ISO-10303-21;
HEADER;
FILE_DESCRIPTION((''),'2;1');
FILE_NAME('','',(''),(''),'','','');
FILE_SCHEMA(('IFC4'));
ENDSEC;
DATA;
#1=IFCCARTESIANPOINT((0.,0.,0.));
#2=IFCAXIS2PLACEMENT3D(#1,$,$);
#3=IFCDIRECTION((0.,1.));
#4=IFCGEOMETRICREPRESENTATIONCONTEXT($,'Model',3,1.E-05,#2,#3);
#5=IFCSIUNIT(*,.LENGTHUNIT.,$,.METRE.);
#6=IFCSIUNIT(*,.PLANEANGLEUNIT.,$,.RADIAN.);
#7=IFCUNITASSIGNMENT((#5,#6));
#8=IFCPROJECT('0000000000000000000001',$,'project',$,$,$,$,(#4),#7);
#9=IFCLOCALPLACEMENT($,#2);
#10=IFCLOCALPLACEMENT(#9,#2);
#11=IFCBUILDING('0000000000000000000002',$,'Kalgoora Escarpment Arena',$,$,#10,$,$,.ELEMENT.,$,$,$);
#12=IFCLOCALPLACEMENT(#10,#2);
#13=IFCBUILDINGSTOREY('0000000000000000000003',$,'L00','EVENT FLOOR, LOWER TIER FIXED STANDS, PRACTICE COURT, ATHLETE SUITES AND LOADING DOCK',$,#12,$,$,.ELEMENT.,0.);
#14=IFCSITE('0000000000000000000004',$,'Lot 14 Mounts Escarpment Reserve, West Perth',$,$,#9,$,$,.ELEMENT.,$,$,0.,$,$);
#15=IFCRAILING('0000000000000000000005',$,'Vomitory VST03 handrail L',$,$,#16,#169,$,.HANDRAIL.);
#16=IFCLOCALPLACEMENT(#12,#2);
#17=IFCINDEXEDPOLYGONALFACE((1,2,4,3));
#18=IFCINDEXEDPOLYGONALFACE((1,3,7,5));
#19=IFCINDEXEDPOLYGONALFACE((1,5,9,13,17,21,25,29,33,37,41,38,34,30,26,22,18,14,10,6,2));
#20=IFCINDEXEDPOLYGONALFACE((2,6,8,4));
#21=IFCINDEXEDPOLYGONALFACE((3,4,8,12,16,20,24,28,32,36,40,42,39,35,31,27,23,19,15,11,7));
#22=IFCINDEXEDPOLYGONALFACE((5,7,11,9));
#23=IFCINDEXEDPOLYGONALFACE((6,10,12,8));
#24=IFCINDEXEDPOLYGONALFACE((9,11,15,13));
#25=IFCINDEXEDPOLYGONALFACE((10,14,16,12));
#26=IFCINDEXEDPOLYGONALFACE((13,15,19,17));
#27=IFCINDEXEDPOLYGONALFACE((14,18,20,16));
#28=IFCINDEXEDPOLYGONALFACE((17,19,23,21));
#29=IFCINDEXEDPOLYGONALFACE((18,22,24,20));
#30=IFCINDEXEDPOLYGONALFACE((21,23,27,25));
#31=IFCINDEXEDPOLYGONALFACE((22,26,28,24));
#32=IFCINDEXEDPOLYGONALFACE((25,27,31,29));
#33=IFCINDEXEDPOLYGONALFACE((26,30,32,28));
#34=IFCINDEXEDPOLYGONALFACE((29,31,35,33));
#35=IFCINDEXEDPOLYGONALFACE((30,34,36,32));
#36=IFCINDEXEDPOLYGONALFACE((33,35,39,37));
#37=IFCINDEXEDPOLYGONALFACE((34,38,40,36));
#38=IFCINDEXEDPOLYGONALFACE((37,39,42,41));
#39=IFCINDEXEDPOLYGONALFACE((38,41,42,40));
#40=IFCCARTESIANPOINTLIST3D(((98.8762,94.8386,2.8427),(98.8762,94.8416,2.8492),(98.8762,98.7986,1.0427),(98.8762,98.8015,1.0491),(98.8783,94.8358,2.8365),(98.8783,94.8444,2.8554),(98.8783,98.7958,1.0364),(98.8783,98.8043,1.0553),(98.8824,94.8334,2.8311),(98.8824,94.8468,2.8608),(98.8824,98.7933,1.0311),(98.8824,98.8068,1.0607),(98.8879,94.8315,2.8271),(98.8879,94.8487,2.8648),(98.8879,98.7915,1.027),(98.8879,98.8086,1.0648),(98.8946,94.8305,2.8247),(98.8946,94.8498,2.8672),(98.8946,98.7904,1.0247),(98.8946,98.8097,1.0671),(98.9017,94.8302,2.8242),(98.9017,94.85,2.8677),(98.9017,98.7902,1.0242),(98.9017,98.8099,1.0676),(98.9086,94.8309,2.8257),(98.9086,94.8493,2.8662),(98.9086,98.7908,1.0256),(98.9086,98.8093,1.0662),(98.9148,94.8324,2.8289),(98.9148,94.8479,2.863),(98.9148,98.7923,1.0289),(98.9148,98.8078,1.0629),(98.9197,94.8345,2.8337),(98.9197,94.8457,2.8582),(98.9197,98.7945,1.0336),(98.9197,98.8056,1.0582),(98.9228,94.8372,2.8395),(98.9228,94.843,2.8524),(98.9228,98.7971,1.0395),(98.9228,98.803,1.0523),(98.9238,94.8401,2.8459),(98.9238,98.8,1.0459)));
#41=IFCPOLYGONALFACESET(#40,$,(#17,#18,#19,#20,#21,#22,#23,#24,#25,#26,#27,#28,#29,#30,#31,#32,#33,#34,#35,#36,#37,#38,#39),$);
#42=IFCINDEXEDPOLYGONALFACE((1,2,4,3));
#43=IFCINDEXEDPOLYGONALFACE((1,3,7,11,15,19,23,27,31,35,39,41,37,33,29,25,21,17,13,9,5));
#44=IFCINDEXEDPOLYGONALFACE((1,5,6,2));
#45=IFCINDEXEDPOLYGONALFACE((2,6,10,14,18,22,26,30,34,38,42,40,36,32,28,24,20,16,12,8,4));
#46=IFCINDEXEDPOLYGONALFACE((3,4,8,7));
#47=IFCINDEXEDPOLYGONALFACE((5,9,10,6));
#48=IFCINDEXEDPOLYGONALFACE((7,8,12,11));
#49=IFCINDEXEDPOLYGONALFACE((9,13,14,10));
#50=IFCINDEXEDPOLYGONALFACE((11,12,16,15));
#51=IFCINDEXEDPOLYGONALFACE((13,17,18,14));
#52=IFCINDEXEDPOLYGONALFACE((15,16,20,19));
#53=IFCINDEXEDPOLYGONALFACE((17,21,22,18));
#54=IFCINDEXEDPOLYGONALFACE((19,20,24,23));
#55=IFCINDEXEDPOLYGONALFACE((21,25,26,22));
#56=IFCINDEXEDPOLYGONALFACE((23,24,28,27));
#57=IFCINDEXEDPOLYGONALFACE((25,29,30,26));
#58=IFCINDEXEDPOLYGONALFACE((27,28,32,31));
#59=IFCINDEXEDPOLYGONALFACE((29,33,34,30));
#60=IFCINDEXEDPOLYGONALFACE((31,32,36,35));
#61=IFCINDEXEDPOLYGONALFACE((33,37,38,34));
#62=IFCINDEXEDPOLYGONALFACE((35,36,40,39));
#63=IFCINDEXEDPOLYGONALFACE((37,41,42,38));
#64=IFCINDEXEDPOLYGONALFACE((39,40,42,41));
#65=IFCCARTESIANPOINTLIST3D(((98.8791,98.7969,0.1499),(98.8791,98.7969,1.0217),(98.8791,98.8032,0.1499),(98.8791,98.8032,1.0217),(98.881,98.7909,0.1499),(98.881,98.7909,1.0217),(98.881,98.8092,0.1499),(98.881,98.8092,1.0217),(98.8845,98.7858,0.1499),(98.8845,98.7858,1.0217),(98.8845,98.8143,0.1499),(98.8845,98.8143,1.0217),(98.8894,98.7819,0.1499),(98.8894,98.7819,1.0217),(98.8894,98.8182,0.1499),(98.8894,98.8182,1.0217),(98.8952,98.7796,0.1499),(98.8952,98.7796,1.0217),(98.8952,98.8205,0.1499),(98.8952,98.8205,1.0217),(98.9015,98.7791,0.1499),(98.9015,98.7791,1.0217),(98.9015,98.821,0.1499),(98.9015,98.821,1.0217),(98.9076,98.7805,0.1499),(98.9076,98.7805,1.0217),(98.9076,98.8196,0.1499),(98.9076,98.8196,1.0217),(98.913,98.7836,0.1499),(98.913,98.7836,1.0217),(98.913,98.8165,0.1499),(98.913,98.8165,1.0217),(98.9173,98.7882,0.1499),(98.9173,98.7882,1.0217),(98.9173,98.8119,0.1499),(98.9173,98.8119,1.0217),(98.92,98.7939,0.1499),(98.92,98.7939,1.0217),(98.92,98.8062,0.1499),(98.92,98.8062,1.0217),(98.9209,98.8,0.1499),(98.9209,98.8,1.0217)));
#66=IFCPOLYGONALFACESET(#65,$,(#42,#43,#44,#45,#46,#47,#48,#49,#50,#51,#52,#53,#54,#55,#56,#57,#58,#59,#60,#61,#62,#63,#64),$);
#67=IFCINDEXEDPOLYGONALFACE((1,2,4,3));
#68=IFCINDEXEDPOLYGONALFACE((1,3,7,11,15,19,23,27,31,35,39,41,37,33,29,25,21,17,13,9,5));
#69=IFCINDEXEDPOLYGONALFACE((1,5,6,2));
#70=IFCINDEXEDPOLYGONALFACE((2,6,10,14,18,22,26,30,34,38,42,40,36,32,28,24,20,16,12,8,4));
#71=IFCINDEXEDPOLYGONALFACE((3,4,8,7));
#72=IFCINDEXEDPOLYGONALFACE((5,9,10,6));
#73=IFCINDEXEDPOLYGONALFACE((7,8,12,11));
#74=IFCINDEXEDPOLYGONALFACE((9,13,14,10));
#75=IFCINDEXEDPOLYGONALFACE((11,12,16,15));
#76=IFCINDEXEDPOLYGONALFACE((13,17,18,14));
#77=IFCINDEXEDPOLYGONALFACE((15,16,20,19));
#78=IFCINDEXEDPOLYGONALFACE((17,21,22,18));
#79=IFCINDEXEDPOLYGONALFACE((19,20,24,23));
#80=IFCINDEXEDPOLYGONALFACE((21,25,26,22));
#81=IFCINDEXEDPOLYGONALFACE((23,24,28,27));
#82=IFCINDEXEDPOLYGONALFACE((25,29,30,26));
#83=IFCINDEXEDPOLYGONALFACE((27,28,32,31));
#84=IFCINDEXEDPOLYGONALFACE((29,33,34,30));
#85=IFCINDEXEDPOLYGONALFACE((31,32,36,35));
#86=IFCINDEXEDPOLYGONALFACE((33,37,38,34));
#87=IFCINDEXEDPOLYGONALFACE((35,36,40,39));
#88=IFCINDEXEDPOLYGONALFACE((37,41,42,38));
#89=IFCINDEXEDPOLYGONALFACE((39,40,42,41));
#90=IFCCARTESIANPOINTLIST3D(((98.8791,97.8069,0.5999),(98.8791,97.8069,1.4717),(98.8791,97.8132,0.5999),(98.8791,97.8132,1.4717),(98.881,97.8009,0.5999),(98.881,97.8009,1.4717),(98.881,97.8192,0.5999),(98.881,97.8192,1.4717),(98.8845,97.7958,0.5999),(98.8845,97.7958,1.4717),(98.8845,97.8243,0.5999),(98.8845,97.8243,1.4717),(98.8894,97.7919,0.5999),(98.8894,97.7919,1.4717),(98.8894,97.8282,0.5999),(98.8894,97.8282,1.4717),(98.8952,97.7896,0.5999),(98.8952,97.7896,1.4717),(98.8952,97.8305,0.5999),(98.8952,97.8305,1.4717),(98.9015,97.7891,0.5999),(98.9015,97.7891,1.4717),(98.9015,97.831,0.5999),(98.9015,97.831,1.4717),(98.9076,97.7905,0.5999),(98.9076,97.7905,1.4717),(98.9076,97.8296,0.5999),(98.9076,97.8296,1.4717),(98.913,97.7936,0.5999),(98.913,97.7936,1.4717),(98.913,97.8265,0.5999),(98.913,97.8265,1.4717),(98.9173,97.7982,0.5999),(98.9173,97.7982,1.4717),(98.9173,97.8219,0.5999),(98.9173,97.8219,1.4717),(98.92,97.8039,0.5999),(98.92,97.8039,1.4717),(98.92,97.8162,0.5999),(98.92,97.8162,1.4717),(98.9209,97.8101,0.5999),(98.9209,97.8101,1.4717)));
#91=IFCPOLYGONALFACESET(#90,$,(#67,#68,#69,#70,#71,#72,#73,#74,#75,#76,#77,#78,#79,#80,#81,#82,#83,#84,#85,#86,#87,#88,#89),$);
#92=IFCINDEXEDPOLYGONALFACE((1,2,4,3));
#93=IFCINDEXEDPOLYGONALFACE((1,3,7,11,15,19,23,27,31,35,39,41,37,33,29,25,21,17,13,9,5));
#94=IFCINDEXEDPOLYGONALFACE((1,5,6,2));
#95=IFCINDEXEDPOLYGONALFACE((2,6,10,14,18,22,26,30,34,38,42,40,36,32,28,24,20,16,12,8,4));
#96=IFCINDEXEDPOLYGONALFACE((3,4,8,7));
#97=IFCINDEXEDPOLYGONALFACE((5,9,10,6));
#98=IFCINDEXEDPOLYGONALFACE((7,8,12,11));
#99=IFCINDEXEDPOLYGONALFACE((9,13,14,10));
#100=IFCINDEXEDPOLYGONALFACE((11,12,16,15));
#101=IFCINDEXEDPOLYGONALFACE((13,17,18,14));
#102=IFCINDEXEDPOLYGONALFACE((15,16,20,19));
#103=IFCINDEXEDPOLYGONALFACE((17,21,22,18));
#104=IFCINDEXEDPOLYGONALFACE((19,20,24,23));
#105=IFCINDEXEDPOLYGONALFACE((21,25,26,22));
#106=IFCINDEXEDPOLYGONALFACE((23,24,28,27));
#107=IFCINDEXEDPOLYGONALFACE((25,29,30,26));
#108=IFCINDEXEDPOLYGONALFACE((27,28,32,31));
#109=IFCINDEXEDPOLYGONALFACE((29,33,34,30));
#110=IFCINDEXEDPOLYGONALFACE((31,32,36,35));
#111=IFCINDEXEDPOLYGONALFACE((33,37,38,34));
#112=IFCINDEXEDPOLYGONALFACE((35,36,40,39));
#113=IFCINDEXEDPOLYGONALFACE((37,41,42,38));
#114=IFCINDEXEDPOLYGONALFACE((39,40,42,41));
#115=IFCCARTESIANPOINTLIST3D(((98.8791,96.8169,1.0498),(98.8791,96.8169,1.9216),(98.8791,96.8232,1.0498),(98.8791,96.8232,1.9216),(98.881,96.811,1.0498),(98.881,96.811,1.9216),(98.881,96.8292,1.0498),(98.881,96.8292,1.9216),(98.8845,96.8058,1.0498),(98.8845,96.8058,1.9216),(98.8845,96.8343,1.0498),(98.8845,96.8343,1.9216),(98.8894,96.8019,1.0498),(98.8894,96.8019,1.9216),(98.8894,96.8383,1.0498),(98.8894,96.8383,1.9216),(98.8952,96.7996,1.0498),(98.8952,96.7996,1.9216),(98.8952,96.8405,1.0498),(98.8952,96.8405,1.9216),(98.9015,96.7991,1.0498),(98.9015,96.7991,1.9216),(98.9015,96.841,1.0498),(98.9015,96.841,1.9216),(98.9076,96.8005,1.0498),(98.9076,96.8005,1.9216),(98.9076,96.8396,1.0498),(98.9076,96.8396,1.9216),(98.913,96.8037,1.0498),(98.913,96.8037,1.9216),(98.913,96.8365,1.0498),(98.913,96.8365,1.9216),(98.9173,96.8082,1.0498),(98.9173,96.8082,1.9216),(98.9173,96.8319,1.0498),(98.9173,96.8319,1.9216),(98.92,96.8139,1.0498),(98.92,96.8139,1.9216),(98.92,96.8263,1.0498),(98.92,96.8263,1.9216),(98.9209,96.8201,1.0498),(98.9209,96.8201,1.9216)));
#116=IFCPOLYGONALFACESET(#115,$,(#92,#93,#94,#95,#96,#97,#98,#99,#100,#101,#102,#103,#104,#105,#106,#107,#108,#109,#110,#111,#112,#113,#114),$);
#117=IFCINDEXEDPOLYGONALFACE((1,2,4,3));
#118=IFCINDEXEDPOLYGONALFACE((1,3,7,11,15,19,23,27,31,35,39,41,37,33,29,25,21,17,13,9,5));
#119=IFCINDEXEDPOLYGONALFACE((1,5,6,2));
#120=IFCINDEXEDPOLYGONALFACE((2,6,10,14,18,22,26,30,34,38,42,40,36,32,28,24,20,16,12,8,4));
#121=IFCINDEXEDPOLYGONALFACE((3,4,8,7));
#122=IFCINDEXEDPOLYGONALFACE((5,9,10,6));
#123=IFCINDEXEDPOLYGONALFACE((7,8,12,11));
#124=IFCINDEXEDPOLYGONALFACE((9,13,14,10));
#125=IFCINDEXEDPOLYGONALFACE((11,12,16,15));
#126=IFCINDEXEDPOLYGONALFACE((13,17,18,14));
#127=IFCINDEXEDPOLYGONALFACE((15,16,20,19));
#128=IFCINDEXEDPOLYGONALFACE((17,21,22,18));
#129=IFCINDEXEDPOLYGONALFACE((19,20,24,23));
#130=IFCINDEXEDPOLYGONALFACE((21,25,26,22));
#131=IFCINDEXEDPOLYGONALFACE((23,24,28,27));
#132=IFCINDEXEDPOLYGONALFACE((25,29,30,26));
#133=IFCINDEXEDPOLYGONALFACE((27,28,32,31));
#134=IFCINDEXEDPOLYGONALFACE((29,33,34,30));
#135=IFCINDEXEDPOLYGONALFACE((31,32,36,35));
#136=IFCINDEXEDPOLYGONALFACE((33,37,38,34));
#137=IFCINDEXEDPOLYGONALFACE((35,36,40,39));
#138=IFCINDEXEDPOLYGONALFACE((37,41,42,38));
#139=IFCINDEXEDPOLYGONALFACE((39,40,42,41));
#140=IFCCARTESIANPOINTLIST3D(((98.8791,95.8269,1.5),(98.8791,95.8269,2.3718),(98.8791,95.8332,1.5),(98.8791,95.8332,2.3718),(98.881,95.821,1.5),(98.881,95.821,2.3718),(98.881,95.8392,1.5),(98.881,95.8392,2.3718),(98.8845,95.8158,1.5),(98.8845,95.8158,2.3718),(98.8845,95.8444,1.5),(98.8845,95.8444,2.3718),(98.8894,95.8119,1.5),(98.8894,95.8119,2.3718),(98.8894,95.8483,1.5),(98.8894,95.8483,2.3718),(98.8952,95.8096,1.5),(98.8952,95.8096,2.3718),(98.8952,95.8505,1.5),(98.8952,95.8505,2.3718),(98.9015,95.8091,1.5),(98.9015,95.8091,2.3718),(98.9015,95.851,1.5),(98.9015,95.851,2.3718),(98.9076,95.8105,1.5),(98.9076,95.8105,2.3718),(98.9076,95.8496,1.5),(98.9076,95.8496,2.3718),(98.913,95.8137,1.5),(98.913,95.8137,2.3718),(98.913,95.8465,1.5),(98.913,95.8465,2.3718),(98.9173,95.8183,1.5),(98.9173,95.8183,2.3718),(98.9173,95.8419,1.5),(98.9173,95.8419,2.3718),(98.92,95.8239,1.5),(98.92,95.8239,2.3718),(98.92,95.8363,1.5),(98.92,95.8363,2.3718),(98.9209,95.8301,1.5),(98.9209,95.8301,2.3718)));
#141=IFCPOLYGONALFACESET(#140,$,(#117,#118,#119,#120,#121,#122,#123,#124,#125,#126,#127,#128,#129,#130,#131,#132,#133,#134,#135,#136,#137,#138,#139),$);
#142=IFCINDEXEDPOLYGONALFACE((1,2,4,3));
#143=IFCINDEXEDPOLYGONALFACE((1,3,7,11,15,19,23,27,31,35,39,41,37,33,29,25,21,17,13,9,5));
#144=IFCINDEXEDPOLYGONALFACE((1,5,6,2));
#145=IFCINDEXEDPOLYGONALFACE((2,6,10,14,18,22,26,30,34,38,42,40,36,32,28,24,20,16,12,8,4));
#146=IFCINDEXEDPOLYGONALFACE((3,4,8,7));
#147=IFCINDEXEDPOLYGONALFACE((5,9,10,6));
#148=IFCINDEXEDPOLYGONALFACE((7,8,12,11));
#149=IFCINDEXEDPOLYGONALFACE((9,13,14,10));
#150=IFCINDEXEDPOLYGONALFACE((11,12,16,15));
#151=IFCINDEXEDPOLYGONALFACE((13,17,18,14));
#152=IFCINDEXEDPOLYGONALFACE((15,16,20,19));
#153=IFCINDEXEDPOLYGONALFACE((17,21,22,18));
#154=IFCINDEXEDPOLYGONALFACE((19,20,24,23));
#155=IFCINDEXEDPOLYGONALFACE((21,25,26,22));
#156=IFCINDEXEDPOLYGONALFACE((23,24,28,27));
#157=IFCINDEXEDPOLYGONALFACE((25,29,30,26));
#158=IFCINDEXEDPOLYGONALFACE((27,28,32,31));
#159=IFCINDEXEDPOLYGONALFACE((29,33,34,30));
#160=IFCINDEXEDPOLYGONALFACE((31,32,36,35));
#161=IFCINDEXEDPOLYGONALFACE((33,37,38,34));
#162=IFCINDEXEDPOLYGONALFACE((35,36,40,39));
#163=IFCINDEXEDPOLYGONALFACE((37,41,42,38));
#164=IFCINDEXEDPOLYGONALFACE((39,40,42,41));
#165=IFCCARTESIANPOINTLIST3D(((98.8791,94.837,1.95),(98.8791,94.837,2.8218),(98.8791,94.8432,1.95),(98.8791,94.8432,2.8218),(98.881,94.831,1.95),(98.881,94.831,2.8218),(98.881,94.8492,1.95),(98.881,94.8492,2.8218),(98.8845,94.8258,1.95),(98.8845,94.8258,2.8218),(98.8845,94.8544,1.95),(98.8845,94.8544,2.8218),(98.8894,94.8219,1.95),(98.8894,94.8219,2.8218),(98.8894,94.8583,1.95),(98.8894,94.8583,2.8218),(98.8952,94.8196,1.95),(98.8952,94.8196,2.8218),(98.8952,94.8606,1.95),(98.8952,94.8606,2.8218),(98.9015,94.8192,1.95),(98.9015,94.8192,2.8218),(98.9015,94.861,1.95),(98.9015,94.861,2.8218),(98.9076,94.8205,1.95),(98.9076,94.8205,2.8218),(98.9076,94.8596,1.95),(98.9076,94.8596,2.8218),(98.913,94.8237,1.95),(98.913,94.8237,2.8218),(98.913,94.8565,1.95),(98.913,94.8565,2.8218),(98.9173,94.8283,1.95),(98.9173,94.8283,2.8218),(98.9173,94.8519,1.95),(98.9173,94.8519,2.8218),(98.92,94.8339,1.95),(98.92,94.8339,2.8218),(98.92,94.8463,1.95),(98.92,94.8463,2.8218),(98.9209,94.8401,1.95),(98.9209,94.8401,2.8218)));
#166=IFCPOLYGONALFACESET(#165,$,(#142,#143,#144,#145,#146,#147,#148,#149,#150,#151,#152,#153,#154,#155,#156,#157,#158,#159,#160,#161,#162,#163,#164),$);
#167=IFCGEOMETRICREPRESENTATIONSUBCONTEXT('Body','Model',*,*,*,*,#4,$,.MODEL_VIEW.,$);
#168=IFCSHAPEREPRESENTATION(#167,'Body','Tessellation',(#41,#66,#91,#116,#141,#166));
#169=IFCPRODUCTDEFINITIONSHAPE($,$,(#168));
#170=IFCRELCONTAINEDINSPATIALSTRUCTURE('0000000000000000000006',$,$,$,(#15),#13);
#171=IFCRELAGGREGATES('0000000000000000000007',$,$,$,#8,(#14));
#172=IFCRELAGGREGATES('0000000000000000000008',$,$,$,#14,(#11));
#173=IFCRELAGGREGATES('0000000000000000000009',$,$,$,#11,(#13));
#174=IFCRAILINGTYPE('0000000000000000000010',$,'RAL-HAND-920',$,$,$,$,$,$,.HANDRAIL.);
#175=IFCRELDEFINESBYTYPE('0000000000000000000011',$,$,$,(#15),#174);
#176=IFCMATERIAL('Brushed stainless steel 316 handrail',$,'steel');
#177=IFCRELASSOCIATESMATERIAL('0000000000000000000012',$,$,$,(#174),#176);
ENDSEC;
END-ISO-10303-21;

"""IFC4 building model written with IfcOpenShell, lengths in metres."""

from ifc_helpers import new_model, si_unit, direction, frame, origin, origin_2d, place, context, subcontext, project, spatial, circle, extrude, material, type_object, element, save


model = new_model("IFC4")

# Units and contexts
model_context = context("Model", 3, precision=1e-05, world=origin(), true_north=direction((0.0, 1.0)))
body_context = subcontext(model_context, "Body", "Model", "MODEL_VIEW")
ifc_project = project(units=[si_unit("LENGTHUNIT", "METRE"), si_unit("PLANEANGLEUNIT", "RADIAN")], contexts=[model_context])

# Site, building, storey
site_placement = place(None, origin())
site = spatial("IfcSite", under=ifc_project, at=site_placement, Name="Lot 14 Mounts Escarpment Reserve, West Perth", CompositionType="ELEMENT", RefElevation=0.0)
building_placement = place(site_placement, origin())
building = spatial("IfcBuilding", under=site, at=building_placement, Name="Kalgoora Escarpment Arena", CompositionType="ELEMENT")
storey_placement = place(building_placement, origin())
storey = spatial("IfcBuildingStorey", under=building, at=storey_placement, Name="L00", Description="EVENT FLOOR, LOWER TIER FIXED STANDS, PRACTICE COURT, ATHLETE SUITES AND LOADING DOCK", CompositionType="ELEMENT", Elevation=0.0)

# Railing
ifc_material_1 = material(Name="Brushed stainless steel 316 handrail", Category="steel")
railing_type = type_object("IfcRailingType", Name="RAL-HAND-920", PredefinedType="HANDRAIL", material=ifc_material_1)
for number, where, name in (
    (1, (98.8999, 98.8, 0.1499), "Vomitory VST03 handrail L"),
):
    element("IfcRailing", number, at=place(storey_placement, frame(where)), inside=storey, type_object=railing_type, Name=name, PredefinedType="HANDRAIL", context=body_context, shape_type="SweptSolid", body=[
        extrude(circle(Radius=0.0239, at=origin_2d()), frame((0.0, 0.0, 0.896), z_axis=(0.0, -0.910361, 0.413816), x_axis=(1.0, 0.0, 0.0)), (0.0, 0.0, 1.0), 4.3499),
        extrude(circle(Radius=0.021, at=origin_2d()), origin(), (0.0, 0.0, 1.0), 0.8718),
        extrude(circle(Radius=0.021, at=origin_2d()), frame((0.0, -0.99, 0.45)), (0.0, 0.0, 1.0), 0.8718),
        extrude(circle(Radius=0.021, at=origin_2d()), frame((0.0, -1.98, 0.8999)), (0.0, 0.0, 1.0), 0.8718),
        extrude(circle(Radius=0.021, at=origin_2d()), frame((0.0, -2.97, 1.3501)), (0.0, 0.0, 1.0), 0.8718),
        extrude(circle(Radius=0.021, at=origin_2d()), frame((0.0, -3.96, 1.8)), (0.0, 0.0, 1.0), 0.8718),
    ])

save(model, "model.ifc")
